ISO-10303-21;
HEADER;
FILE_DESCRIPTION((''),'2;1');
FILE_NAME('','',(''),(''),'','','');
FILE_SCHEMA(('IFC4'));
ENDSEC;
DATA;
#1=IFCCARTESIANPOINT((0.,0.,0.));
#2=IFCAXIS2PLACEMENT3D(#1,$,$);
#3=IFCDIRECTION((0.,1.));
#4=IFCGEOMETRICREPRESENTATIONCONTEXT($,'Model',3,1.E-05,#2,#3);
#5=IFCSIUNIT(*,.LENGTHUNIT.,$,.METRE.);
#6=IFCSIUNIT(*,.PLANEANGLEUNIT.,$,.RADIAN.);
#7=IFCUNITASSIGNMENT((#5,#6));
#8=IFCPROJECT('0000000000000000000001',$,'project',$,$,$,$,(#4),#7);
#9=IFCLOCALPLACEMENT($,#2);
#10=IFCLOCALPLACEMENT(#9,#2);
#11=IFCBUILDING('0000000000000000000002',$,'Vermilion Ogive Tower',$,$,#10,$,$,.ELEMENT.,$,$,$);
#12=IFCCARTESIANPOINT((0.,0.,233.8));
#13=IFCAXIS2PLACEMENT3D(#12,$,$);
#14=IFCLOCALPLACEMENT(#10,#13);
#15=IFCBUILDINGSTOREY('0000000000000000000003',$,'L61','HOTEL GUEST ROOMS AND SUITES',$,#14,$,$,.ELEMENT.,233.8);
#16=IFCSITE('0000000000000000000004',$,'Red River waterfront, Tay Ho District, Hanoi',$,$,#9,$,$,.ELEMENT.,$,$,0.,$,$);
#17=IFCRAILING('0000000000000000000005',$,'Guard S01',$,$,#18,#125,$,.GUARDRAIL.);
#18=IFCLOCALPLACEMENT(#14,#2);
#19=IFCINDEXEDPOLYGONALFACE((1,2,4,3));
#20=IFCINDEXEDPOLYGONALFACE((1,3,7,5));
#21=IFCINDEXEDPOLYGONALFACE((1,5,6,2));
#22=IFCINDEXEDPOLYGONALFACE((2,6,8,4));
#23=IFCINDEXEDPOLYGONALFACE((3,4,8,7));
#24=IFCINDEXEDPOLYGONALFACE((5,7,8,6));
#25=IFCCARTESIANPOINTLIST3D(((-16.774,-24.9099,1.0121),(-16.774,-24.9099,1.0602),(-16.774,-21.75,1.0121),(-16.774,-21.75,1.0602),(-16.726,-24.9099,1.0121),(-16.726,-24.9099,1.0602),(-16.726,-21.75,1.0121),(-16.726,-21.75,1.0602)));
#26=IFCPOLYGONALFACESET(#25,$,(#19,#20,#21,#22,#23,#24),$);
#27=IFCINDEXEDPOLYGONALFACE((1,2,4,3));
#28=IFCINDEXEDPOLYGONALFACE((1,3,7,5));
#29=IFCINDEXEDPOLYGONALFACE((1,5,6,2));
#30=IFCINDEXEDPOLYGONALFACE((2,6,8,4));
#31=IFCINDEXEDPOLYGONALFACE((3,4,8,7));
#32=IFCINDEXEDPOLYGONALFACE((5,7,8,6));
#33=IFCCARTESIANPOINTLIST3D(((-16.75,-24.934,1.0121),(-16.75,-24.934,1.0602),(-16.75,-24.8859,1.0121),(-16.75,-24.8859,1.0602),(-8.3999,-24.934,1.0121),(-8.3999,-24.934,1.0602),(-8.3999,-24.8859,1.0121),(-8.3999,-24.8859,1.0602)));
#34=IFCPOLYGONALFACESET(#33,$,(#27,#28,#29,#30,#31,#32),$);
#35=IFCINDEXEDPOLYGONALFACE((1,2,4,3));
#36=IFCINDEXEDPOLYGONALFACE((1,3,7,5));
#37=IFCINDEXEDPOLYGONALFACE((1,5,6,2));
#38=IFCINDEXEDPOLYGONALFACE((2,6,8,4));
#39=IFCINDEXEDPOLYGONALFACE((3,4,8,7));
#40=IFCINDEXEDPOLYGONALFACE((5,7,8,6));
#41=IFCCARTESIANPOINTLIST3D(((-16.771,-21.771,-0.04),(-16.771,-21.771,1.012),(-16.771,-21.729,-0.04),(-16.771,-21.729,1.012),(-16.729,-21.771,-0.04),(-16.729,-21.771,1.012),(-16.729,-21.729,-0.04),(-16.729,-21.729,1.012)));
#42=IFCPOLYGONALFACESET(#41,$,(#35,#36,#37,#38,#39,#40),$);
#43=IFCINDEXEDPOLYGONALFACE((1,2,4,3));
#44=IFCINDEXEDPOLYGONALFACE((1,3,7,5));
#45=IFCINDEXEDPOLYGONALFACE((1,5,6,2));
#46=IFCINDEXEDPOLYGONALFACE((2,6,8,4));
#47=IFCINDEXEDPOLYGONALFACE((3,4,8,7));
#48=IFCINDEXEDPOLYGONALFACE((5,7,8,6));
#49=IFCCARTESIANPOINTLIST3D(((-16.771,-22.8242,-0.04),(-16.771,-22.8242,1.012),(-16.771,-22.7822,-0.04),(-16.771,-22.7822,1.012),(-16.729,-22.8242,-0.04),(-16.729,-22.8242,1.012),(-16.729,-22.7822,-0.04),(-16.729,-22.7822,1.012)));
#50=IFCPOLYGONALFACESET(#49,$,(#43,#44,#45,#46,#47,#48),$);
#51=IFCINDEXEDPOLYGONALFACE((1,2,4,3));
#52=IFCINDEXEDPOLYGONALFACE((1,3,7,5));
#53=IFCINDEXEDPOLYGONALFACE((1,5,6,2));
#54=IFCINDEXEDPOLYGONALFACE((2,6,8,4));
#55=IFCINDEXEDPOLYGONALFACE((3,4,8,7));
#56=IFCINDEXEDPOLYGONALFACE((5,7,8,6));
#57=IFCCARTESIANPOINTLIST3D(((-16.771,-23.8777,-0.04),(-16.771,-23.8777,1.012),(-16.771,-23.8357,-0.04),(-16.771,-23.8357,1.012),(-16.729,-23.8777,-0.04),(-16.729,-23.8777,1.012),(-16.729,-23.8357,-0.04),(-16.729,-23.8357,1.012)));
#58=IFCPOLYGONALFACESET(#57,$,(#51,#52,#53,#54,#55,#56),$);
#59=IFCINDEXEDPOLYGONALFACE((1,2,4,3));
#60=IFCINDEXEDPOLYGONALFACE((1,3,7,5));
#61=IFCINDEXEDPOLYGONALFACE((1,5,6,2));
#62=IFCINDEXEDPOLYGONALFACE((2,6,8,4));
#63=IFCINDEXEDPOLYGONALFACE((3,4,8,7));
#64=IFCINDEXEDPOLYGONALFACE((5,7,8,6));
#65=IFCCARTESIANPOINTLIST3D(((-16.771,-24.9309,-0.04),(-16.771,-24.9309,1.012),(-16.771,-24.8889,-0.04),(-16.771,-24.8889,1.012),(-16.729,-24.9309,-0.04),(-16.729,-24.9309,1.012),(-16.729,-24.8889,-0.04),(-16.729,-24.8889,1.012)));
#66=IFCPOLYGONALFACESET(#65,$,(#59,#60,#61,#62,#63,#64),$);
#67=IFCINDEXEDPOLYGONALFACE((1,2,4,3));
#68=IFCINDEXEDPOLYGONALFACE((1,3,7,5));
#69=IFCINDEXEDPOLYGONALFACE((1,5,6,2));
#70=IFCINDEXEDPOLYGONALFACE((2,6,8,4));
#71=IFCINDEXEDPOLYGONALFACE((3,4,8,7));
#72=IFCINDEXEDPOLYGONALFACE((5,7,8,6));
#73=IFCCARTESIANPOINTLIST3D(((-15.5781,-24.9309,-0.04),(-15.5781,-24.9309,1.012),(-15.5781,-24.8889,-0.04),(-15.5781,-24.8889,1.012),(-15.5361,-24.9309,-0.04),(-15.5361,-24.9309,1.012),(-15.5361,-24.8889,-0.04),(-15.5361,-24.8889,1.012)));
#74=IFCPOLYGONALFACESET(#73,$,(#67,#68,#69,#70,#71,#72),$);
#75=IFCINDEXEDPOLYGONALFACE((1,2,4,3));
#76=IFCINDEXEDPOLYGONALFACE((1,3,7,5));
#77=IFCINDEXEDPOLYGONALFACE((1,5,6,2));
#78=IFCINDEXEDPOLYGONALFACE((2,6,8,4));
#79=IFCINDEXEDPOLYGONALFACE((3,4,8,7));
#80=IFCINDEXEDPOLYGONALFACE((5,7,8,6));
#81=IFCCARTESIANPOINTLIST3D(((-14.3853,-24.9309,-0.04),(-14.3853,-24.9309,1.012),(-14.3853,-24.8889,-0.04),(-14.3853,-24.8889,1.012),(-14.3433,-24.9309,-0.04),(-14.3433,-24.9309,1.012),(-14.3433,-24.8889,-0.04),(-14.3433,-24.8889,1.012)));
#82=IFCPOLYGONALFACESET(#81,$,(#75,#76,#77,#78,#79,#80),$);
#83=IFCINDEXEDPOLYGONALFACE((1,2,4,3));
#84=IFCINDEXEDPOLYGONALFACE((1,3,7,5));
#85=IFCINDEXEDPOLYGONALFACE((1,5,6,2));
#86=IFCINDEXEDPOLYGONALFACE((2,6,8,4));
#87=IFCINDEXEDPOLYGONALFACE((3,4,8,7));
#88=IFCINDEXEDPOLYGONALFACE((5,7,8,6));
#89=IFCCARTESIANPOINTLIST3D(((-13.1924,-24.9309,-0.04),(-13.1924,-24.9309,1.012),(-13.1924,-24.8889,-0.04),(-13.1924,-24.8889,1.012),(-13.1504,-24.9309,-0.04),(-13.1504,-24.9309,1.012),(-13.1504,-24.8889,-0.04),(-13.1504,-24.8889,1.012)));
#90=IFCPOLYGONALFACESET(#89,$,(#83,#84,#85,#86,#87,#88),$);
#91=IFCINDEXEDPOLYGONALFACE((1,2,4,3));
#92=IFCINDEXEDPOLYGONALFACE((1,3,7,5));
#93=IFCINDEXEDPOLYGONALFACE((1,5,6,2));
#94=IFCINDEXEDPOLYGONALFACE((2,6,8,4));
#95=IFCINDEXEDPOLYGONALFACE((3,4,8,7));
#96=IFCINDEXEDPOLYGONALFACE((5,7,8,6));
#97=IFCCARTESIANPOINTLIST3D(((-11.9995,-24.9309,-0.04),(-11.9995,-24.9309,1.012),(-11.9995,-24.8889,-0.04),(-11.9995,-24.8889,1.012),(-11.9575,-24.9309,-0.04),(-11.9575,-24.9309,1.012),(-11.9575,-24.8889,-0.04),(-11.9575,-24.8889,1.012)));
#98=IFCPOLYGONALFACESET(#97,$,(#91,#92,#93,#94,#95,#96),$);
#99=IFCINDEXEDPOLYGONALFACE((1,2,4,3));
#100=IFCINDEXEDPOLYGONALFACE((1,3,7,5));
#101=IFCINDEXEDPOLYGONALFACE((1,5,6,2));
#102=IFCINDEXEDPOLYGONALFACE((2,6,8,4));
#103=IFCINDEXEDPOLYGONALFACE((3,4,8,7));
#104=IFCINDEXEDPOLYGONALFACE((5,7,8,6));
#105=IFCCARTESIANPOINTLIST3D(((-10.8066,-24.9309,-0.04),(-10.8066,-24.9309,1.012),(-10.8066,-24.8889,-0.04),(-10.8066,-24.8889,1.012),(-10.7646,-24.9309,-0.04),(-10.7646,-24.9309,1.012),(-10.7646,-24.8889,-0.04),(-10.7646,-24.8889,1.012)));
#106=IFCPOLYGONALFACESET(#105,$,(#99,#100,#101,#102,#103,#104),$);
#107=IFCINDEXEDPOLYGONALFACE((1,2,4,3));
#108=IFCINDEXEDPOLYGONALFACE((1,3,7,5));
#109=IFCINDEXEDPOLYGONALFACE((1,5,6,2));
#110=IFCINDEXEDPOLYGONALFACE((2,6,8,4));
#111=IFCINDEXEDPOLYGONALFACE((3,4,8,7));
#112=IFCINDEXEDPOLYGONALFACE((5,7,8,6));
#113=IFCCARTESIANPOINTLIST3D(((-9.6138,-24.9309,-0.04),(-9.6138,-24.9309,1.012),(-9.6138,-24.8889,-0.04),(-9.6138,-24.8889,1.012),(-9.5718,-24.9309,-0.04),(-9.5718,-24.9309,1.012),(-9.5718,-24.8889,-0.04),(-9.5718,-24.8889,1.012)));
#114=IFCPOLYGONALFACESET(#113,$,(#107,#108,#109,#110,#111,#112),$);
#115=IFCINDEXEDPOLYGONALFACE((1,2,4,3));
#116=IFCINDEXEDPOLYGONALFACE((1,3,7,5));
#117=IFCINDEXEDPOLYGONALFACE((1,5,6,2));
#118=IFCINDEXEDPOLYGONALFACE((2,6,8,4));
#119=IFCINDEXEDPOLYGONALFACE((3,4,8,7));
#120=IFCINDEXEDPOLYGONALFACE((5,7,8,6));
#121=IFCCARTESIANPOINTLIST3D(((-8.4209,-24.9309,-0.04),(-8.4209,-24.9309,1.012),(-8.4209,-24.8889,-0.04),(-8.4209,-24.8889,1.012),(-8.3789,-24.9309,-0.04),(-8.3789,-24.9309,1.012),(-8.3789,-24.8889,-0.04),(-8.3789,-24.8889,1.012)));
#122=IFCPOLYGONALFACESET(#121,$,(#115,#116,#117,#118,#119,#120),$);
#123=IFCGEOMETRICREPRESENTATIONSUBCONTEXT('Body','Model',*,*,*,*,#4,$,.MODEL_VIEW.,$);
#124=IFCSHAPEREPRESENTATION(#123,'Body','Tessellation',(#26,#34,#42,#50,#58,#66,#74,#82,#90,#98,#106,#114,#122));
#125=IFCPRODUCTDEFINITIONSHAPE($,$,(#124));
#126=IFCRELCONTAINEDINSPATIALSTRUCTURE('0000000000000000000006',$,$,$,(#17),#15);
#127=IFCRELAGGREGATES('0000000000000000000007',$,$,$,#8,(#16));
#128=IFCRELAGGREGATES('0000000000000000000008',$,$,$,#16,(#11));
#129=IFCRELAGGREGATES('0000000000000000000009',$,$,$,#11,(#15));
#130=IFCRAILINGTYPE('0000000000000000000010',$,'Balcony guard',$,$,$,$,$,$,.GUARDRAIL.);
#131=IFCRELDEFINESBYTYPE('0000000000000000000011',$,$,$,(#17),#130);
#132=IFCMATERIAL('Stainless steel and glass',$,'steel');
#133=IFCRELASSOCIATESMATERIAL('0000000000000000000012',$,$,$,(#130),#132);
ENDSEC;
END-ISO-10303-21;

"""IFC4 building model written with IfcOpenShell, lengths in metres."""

from ifc_helpers import new_model, si_unit, direction, frame, origin, origin_2d, place, context, subcontext, project, spatial, rectangle, extrude, material, type_object, element, save


model = new_model("IFC4")

# Units and contexts
model_context = context("Model", 3, precision=1e-05, world=origin(), true_north=direction((0.0, 1.0)))
body_context = subcontext(model_context, "Body", "Model", "MODEL_VIEW")
ifc_project = project(units=[si_unit("LENGTHUNIT", "METRE"), si_unit("PLANEANGLEUNIT", "RADIAN")], contexts=[model_context])

# Site, building, storey
site_placement = place(None, origin())
site = spatial("IfcSite", under=ifc_project, at=site_placement, Name="Red River waterfront, Tay Ho District, Hanoi", CompositionType="ELEMENT", RefElevation=0.0)
building_placement = place(site_placement, origin())
building = spatial("IfcBuilding", under=site, at=building_placement, Name="Vermilion Ogive Tower", CompositionType="ELEMENT")
storey_placement = place(building_placement, frame((0.0, 0.0, 233.8)))
storey = spatial("IfcBuildingStorey", under=building, at=storey_placement, Name="L61", Description="HOTEL GUEST ROOMS AND SUITES", CompositionType="ELEMENT", Elevation=233.8)

# Railing
ifc_material_1 = material(Name="Stainless steel and glass", Category="steel")
railing_type = type_object("IfcRailingType", Name="Balcony guard", PredefinedType="GUARDRAIL", material=ifc_material_1)
railing_placement = place(storey_placement, frame((-16.75, -21.75, -0.04)))
element("IfcRailing", 1, at=railing_placement, inside=storey, type_object=railing_type, Name="Guard S01", PredefinedType="GUARDRAIL", context=body_context, shape_type="SweptSolid", body=[
    extrude(rectangle(XDim=0.0481, YDim=0.0481, at=origin_2d()), frame((0.0, 0.0, 1.0762), z_axis=(0.0, -1.0, 0.0), x_axis=(1.0, 0.0, 0.0)), (0.0, 0.0, 1.0), 3.1599),
    extrude(rectangle(XDim=0.0481, YDim=0.0481, at=origin_2d()), frame((0.0, -3.1599, 1.0762), z_axis=(1.0, 0.0, 0.0), x_axis=(0.0, 1.0, 0.0)), (0.0, 0.0, 1.0), 8.3501),
    extrude(rectangle(XDim=0.042, YDim=0.042, at=origin_2d()), origin(), (0.0, 0.0, 1.0), 1.052),
    extrude(rectangle(XDim=0.042, YDim=0.042, at=origin_2d()), frame((0.0, -1.0532, 0.0)), (0.0, 0.0, 1.0), 1.052),
    extrude(rectangle(XDim=0.042, YDim=0.042, at=origin_2d()), frame((0.0, -2.1067, 0.0)), (0.0, 0.0, 1.0), 1.052),
    extrude(rectangle(XDim=0.042, YDim=0.042, at=origin_2d()), frame((0.0, -3.1599, 0.0)), (0.0, 0.0, 1.0), 1.052),
    extrude(rectangle(XDim=0.042, YDim=0.042, at=origin_2d()), frame((1.1929, -3.1599, 0.0)), (0.0, 0.0, 1.0), 1.052),
    extrude(rectangle(XDim=0.042, YDim=0.042, at=origin_2d()), frame((2.3857, -3.1599, 0.0)), (0.0, 0.0, 1.0), 1.052),
    extrude(rectangle(XDim=0.042, YDim=0.042, at=origin_2d()), frame((3.5786, -3.1599, 0.0)), (0.0, 0.0, 1.0), 1.052),
    extrude(rectangle(XDim=0.042, YDim=0.042, at=origin_2d()), frame((4.7715, -3.1599, 0.0)), (0.0, 0.0, 1.0), 1.052),
    extrude(rectangle(XDim=0.042, YDim=0.042, at=origin_2d()), frame((5.9644, -3.1599, 0.0)), (0.0, 0.0, 1.0), 1.052),
    extrude(rectangle(XDim=0.042, YDim=0.042, at=origin_2d()), frame((7.1572, -3.1599, 0.0)), (0.0, 0.0, 1.0), 1.052),
    extrude(rectangle(XDim=0.042, YDim=0.042, at=origin_2d()), frame((8.3501, -3.1599, 0.0)), (0.0, 0.0, 1.0), 1.052),
])

save(model, "model.ifc")
